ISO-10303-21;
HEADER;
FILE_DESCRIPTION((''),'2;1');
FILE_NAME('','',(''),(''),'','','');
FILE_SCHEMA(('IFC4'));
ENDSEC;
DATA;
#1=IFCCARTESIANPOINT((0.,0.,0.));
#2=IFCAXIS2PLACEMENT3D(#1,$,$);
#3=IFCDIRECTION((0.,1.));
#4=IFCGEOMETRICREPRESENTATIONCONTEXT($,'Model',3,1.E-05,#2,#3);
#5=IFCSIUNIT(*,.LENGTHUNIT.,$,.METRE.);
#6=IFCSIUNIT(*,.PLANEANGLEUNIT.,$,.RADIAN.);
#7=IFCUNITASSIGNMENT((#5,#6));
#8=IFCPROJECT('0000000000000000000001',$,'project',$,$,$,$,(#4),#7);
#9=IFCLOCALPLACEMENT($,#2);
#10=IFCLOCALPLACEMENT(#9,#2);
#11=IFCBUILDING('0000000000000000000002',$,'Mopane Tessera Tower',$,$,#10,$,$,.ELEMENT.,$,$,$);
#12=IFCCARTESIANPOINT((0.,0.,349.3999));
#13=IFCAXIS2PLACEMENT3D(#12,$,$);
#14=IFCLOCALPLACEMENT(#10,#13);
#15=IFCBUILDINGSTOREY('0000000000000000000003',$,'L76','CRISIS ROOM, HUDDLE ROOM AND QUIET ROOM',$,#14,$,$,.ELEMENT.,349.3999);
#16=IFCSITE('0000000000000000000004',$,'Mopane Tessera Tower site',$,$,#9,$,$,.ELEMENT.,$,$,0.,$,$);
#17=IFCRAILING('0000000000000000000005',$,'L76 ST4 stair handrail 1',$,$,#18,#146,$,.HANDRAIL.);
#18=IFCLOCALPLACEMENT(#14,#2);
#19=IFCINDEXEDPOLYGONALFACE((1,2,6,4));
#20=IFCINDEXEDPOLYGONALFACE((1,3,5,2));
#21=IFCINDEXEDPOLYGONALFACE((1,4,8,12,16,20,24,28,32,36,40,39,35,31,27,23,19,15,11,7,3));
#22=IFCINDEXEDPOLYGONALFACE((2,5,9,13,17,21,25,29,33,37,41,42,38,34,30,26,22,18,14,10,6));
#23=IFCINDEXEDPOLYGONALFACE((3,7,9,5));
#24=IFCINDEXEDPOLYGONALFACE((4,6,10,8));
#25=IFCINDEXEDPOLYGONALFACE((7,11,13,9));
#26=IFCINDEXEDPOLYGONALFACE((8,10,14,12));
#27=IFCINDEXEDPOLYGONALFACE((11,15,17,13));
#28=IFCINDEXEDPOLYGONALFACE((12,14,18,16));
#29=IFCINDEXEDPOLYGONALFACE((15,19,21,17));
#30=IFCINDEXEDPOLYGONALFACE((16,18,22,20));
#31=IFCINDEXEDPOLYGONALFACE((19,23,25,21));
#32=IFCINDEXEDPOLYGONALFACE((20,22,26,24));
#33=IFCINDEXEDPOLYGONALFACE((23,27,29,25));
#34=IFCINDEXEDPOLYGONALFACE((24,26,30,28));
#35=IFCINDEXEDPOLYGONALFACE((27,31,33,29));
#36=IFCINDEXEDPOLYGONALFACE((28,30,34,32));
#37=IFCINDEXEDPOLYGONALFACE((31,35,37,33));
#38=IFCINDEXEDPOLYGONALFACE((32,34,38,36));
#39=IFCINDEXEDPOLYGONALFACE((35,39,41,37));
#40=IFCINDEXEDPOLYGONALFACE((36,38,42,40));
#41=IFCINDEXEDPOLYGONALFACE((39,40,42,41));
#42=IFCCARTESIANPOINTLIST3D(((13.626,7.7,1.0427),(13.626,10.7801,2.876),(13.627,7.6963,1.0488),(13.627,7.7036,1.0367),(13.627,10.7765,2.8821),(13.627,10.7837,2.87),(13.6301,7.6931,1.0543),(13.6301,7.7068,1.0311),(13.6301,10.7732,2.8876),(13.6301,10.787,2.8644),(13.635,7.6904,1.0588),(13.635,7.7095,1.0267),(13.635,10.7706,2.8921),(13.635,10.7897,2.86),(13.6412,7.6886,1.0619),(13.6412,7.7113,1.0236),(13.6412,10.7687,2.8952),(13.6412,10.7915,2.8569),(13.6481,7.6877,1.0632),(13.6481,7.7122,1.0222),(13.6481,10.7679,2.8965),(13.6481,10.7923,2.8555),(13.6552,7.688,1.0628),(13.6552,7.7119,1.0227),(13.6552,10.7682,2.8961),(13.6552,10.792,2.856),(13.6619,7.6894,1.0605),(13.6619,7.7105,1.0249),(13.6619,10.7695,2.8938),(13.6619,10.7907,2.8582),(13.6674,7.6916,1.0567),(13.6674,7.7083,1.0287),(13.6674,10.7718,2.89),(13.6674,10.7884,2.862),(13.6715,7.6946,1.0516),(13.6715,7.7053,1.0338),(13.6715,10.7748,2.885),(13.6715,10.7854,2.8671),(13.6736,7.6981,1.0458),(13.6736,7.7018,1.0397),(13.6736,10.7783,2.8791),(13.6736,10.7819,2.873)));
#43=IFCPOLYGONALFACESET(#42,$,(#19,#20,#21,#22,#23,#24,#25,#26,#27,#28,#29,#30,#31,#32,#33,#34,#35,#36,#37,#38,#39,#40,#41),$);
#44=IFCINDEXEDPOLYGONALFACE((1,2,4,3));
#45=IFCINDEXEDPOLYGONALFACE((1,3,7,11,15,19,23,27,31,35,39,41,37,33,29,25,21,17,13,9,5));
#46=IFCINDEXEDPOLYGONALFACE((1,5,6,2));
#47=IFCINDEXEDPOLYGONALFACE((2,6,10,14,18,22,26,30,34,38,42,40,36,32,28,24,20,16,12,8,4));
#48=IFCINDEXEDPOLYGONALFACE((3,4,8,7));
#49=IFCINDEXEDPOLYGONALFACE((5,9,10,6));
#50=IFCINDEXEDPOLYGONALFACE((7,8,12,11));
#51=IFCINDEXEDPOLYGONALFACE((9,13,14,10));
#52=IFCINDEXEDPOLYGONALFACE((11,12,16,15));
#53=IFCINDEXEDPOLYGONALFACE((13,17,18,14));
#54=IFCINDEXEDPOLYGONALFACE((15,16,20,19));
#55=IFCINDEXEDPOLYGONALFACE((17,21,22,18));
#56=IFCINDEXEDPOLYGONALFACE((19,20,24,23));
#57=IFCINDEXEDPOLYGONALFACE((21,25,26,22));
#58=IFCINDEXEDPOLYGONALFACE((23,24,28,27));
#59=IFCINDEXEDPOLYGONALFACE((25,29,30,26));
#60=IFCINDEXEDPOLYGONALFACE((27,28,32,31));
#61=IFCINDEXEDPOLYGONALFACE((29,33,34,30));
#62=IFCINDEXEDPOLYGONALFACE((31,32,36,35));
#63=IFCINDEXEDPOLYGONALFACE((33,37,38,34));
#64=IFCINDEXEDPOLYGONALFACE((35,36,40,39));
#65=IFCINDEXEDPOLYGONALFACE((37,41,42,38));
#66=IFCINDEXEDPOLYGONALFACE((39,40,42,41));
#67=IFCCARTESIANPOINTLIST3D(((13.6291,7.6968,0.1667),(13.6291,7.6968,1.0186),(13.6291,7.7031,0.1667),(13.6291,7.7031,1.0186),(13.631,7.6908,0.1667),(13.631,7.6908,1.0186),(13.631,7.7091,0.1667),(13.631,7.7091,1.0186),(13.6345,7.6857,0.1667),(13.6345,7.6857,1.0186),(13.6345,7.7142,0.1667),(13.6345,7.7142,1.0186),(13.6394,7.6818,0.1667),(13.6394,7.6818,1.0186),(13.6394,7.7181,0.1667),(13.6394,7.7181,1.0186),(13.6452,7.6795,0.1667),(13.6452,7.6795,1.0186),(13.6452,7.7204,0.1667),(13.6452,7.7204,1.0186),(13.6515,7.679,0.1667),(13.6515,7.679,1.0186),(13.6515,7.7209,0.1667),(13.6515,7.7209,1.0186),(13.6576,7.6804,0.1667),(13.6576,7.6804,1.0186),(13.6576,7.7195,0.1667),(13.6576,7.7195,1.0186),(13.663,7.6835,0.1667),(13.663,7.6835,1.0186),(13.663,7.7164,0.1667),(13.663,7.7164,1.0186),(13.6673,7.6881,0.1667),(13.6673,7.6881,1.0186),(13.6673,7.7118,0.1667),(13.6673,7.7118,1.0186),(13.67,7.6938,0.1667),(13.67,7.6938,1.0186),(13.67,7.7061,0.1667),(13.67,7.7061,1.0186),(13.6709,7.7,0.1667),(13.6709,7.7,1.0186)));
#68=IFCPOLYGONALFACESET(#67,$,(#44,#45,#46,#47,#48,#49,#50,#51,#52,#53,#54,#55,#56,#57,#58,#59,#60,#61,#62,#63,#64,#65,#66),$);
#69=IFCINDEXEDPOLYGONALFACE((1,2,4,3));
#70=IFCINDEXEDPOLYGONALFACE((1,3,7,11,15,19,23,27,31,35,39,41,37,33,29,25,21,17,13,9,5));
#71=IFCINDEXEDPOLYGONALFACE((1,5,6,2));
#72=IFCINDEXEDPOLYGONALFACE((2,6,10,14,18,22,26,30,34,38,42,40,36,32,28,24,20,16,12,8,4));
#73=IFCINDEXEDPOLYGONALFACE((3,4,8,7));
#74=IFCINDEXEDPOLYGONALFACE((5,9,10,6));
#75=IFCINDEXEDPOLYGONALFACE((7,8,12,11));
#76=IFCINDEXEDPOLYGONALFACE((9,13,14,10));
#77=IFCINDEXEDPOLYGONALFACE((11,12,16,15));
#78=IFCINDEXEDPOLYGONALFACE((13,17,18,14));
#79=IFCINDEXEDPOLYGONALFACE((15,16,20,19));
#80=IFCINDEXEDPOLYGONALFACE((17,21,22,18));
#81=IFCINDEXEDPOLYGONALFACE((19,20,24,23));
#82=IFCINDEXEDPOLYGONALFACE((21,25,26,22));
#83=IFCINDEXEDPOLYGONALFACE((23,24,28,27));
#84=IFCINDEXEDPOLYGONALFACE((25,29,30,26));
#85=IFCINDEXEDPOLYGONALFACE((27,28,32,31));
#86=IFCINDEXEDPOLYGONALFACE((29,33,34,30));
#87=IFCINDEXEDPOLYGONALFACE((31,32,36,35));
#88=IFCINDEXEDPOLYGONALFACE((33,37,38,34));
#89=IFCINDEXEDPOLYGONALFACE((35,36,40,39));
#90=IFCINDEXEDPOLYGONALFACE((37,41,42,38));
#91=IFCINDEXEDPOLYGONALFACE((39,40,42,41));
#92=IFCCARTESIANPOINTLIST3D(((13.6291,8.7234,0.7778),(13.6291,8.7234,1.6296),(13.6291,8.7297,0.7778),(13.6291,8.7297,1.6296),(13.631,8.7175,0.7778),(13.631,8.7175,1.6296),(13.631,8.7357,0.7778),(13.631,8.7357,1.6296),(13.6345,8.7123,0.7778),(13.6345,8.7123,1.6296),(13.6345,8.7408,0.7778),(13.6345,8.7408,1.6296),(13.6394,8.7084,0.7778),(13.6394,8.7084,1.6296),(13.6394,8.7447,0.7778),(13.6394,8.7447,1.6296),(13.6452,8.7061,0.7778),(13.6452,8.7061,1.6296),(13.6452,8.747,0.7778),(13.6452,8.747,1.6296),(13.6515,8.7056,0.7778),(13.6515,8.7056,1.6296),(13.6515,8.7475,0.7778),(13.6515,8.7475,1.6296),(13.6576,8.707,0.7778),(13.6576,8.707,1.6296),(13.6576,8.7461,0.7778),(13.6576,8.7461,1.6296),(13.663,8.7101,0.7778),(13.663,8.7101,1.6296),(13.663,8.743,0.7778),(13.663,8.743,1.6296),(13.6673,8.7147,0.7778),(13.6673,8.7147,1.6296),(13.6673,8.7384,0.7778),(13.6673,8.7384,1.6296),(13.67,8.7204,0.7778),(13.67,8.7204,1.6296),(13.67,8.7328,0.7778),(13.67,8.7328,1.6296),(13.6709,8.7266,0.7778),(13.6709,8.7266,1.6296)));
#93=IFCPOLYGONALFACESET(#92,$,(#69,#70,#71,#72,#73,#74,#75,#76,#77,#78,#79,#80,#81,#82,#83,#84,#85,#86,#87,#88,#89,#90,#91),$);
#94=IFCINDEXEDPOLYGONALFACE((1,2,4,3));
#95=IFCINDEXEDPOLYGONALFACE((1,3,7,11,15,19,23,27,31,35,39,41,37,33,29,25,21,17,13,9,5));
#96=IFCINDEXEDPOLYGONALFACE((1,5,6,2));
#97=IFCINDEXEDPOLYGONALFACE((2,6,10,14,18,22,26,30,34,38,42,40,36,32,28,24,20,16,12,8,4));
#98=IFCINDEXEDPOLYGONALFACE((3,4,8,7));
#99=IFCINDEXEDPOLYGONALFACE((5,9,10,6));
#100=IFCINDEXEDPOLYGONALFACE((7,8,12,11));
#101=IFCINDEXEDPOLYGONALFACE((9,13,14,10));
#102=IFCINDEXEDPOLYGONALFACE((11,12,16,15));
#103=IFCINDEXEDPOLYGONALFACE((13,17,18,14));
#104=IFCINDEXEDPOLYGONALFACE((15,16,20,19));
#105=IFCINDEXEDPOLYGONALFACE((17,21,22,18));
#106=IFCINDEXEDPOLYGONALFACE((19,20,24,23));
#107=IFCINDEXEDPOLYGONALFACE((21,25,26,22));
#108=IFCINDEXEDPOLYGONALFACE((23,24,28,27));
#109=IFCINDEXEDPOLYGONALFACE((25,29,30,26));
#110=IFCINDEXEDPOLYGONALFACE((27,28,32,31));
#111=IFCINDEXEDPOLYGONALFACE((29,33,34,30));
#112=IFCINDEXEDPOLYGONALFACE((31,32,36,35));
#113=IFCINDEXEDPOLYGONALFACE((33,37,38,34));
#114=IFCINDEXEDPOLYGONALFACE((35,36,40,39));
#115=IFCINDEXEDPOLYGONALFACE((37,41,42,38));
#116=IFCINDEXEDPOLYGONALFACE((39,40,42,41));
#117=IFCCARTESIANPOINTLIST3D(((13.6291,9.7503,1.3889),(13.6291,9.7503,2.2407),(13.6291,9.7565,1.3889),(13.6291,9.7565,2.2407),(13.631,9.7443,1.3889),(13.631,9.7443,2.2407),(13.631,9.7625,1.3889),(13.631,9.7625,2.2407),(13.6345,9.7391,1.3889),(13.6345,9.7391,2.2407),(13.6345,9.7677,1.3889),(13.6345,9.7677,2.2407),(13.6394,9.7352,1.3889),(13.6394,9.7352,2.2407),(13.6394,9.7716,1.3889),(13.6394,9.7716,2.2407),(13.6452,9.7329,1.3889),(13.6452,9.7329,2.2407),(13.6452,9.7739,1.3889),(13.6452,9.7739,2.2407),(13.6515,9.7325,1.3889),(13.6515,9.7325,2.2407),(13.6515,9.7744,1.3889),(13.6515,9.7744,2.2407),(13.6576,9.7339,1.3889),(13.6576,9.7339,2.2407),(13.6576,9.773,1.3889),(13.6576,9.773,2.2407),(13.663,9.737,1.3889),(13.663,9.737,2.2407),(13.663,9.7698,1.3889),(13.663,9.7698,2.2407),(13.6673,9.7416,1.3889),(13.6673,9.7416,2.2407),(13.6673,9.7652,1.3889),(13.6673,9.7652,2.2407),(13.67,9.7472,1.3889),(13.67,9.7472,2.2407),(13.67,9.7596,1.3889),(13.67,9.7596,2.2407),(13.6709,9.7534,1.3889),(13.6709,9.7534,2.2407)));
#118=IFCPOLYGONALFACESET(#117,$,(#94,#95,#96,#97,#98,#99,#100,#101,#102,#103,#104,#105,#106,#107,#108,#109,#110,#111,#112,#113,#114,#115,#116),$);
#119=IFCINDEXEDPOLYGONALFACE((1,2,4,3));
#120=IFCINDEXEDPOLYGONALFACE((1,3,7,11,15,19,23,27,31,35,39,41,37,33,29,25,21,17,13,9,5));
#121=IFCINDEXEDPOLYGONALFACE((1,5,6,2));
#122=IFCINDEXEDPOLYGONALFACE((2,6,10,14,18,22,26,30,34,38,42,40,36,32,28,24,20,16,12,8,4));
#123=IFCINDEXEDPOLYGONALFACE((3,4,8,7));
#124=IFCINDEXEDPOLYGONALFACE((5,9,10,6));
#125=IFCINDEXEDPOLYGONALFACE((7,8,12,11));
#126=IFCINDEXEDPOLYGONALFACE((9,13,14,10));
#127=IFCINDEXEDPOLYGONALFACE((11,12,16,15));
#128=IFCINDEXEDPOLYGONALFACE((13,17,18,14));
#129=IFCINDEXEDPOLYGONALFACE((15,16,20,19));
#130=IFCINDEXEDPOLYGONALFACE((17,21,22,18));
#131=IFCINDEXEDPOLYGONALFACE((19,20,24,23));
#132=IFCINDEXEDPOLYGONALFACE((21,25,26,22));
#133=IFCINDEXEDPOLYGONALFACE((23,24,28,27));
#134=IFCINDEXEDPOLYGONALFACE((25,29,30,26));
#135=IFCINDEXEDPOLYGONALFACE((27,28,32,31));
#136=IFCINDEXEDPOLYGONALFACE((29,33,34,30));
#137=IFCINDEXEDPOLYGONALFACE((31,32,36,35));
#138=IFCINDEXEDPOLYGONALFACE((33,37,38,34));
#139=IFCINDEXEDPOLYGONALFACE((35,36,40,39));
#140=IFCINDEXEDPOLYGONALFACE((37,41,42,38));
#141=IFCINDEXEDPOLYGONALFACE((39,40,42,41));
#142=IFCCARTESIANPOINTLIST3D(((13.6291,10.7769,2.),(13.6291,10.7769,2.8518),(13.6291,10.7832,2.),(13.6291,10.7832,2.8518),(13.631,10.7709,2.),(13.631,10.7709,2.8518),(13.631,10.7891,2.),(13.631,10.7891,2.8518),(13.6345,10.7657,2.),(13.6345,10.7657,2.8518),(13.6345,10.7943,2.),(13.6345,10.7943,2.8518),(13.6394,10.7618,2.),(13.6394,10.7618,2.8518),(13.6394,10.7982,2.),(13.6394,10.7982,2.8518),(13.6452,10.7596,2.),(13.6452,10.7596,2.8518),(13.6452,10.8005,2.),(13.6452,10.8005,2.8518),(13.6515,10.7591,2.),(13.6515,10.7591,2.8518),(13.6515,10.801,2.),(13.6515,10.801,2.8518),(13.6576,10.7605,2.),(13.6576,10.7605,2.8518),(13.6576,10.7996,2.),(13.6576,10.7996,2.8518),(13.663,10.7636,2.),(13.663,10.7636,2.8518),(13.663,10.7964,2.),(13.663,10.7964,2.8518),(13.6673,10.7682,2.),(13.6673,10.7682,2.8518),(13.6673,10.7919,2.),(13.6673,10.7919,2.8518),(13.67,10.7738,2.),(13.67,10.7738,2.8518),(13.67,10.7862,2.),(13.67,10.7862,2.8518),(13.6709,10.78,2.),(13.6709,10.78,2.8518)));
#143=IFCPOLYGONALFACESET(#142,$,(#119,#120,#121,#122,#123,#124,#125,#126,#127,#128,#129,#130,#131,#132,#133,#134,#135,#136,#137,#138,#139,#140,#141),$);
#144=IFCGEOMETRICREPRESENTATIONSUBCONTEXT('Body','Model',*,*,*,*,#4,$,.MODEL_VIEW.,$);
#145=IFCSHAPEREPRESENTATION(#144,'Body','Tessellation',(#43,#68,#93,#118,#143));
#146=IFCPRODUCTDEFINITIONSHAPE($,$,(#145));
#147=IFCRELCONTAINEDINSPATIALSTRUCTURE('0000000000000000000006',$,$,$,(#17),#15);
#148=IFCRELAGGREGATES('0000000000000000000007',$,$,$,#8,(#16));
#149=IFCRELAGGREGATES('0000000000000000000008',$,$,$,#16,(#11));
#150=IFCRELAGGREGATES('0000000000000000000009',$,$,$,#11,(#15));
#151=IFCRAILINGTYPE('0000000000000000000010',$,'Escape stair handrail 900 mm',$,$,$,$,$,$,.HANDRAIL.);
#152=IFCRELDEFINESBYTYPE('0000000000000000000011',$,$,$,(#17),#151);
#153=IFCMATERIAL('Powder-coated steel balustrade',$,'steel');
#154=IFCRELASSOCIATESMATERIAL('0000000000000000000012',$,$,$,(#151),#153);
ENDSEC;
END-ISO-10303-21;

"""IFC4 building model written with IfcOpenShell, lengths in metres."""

from ifc_helpers import new_model, si_unit, direction, frame, origin, origin_2d, place, context, subcontext, project, spatial, circle, extrude, material, type_object, element, save


model = new_model("IFC4")

# Units and contexts
model_context = context("Model", 3, precision=1e-05, world=origin(), true_north=direction((0.0, 1.0)))
body_context = subcontext(model_context, "Body", "Model", "MODEL_VIEW")
ifc_project = project(units=[si_unit("LENGTHUNIT", "METRE"), si_unit("PLANEANGLEUNIT", "RADIAN")], contexts=[model_context])

# Site, building, storey
site_placement = place(None, origin())
site = spatial("IfcSite", under=ifc_project, at=site_placement, Name="Mopane Tessera Tower site", CompositionType="ELEMENT", RefElevation=0.0)
building_placement = place(site_placement, origin())
building = spatial("IfcBuilding", under=site, at=building_placement, Name="Mopane Tessera Tower", CompositionType="ELEMENT")
storey_placement = place(building_placement, frame((0.0, 0.0, 349.3999)))
storey = spatial("IfcBuildingStorey", under=building, at=storey_placement, Name="L76", Description="CRISIS ROOM, HUDDLE ROOM AND QUIET ROOM", CompositionType="ELEMENT", Elevation=349.3999)

# Railing
ifc_material_1 = material(Name="Powder-coated steel balustrade", Category="steel")
railing_type_1 = type_object("IfcRailingType", Name="Escape stair handrail 900 mm", PredefinedType="HANDRAIL", material=ifc_material_1)
railing_1_placement = place(storey_placement, frame((13.6499, 7.7, 0.1667)))
element("IfcRailing", 1, at=railing_1_placement, inside=storey, type_object=railing_type_1, Name="L76 ST4 stair handrail 1", PredefinedType="HANDRAIL", context=body_context, shape_type="SweptSolid", body=[
    extrude(circle(Radius=0.0239, at=origin_2d()), frame((0.0, 0.0, 0.876), z_axis=(0.0, 0.859309, 0.511458), x_axis=(-1.0, 0.0, 0.0)), (0.0, 0.0, 1.0), 3.5845),
    extrude(circle(Radius=0.021, at=origin_2d()), origin(), (0.0, 0.0, 1.0), 0.8518),
    extrude(circle(Radius=0.021, at=origin_2d()), frame((0.0, 1.0266, 0.6111)), (0.0, 0.0, 1.0), 0.8518),
    extrude(circle(Radius=0.021, at=origin_2d()), frame((0.0, 2.0535, 1.2222)), (0.0, 0.0, 1.0), 0.8518),
    extrude(circle(Radius=0.021, at=origin_2d()), frame((0.0, 3.0801, 1.8333)), (0.0, 0.0, 1.0), 0.8518),
])

save(model, "model.ifc")
